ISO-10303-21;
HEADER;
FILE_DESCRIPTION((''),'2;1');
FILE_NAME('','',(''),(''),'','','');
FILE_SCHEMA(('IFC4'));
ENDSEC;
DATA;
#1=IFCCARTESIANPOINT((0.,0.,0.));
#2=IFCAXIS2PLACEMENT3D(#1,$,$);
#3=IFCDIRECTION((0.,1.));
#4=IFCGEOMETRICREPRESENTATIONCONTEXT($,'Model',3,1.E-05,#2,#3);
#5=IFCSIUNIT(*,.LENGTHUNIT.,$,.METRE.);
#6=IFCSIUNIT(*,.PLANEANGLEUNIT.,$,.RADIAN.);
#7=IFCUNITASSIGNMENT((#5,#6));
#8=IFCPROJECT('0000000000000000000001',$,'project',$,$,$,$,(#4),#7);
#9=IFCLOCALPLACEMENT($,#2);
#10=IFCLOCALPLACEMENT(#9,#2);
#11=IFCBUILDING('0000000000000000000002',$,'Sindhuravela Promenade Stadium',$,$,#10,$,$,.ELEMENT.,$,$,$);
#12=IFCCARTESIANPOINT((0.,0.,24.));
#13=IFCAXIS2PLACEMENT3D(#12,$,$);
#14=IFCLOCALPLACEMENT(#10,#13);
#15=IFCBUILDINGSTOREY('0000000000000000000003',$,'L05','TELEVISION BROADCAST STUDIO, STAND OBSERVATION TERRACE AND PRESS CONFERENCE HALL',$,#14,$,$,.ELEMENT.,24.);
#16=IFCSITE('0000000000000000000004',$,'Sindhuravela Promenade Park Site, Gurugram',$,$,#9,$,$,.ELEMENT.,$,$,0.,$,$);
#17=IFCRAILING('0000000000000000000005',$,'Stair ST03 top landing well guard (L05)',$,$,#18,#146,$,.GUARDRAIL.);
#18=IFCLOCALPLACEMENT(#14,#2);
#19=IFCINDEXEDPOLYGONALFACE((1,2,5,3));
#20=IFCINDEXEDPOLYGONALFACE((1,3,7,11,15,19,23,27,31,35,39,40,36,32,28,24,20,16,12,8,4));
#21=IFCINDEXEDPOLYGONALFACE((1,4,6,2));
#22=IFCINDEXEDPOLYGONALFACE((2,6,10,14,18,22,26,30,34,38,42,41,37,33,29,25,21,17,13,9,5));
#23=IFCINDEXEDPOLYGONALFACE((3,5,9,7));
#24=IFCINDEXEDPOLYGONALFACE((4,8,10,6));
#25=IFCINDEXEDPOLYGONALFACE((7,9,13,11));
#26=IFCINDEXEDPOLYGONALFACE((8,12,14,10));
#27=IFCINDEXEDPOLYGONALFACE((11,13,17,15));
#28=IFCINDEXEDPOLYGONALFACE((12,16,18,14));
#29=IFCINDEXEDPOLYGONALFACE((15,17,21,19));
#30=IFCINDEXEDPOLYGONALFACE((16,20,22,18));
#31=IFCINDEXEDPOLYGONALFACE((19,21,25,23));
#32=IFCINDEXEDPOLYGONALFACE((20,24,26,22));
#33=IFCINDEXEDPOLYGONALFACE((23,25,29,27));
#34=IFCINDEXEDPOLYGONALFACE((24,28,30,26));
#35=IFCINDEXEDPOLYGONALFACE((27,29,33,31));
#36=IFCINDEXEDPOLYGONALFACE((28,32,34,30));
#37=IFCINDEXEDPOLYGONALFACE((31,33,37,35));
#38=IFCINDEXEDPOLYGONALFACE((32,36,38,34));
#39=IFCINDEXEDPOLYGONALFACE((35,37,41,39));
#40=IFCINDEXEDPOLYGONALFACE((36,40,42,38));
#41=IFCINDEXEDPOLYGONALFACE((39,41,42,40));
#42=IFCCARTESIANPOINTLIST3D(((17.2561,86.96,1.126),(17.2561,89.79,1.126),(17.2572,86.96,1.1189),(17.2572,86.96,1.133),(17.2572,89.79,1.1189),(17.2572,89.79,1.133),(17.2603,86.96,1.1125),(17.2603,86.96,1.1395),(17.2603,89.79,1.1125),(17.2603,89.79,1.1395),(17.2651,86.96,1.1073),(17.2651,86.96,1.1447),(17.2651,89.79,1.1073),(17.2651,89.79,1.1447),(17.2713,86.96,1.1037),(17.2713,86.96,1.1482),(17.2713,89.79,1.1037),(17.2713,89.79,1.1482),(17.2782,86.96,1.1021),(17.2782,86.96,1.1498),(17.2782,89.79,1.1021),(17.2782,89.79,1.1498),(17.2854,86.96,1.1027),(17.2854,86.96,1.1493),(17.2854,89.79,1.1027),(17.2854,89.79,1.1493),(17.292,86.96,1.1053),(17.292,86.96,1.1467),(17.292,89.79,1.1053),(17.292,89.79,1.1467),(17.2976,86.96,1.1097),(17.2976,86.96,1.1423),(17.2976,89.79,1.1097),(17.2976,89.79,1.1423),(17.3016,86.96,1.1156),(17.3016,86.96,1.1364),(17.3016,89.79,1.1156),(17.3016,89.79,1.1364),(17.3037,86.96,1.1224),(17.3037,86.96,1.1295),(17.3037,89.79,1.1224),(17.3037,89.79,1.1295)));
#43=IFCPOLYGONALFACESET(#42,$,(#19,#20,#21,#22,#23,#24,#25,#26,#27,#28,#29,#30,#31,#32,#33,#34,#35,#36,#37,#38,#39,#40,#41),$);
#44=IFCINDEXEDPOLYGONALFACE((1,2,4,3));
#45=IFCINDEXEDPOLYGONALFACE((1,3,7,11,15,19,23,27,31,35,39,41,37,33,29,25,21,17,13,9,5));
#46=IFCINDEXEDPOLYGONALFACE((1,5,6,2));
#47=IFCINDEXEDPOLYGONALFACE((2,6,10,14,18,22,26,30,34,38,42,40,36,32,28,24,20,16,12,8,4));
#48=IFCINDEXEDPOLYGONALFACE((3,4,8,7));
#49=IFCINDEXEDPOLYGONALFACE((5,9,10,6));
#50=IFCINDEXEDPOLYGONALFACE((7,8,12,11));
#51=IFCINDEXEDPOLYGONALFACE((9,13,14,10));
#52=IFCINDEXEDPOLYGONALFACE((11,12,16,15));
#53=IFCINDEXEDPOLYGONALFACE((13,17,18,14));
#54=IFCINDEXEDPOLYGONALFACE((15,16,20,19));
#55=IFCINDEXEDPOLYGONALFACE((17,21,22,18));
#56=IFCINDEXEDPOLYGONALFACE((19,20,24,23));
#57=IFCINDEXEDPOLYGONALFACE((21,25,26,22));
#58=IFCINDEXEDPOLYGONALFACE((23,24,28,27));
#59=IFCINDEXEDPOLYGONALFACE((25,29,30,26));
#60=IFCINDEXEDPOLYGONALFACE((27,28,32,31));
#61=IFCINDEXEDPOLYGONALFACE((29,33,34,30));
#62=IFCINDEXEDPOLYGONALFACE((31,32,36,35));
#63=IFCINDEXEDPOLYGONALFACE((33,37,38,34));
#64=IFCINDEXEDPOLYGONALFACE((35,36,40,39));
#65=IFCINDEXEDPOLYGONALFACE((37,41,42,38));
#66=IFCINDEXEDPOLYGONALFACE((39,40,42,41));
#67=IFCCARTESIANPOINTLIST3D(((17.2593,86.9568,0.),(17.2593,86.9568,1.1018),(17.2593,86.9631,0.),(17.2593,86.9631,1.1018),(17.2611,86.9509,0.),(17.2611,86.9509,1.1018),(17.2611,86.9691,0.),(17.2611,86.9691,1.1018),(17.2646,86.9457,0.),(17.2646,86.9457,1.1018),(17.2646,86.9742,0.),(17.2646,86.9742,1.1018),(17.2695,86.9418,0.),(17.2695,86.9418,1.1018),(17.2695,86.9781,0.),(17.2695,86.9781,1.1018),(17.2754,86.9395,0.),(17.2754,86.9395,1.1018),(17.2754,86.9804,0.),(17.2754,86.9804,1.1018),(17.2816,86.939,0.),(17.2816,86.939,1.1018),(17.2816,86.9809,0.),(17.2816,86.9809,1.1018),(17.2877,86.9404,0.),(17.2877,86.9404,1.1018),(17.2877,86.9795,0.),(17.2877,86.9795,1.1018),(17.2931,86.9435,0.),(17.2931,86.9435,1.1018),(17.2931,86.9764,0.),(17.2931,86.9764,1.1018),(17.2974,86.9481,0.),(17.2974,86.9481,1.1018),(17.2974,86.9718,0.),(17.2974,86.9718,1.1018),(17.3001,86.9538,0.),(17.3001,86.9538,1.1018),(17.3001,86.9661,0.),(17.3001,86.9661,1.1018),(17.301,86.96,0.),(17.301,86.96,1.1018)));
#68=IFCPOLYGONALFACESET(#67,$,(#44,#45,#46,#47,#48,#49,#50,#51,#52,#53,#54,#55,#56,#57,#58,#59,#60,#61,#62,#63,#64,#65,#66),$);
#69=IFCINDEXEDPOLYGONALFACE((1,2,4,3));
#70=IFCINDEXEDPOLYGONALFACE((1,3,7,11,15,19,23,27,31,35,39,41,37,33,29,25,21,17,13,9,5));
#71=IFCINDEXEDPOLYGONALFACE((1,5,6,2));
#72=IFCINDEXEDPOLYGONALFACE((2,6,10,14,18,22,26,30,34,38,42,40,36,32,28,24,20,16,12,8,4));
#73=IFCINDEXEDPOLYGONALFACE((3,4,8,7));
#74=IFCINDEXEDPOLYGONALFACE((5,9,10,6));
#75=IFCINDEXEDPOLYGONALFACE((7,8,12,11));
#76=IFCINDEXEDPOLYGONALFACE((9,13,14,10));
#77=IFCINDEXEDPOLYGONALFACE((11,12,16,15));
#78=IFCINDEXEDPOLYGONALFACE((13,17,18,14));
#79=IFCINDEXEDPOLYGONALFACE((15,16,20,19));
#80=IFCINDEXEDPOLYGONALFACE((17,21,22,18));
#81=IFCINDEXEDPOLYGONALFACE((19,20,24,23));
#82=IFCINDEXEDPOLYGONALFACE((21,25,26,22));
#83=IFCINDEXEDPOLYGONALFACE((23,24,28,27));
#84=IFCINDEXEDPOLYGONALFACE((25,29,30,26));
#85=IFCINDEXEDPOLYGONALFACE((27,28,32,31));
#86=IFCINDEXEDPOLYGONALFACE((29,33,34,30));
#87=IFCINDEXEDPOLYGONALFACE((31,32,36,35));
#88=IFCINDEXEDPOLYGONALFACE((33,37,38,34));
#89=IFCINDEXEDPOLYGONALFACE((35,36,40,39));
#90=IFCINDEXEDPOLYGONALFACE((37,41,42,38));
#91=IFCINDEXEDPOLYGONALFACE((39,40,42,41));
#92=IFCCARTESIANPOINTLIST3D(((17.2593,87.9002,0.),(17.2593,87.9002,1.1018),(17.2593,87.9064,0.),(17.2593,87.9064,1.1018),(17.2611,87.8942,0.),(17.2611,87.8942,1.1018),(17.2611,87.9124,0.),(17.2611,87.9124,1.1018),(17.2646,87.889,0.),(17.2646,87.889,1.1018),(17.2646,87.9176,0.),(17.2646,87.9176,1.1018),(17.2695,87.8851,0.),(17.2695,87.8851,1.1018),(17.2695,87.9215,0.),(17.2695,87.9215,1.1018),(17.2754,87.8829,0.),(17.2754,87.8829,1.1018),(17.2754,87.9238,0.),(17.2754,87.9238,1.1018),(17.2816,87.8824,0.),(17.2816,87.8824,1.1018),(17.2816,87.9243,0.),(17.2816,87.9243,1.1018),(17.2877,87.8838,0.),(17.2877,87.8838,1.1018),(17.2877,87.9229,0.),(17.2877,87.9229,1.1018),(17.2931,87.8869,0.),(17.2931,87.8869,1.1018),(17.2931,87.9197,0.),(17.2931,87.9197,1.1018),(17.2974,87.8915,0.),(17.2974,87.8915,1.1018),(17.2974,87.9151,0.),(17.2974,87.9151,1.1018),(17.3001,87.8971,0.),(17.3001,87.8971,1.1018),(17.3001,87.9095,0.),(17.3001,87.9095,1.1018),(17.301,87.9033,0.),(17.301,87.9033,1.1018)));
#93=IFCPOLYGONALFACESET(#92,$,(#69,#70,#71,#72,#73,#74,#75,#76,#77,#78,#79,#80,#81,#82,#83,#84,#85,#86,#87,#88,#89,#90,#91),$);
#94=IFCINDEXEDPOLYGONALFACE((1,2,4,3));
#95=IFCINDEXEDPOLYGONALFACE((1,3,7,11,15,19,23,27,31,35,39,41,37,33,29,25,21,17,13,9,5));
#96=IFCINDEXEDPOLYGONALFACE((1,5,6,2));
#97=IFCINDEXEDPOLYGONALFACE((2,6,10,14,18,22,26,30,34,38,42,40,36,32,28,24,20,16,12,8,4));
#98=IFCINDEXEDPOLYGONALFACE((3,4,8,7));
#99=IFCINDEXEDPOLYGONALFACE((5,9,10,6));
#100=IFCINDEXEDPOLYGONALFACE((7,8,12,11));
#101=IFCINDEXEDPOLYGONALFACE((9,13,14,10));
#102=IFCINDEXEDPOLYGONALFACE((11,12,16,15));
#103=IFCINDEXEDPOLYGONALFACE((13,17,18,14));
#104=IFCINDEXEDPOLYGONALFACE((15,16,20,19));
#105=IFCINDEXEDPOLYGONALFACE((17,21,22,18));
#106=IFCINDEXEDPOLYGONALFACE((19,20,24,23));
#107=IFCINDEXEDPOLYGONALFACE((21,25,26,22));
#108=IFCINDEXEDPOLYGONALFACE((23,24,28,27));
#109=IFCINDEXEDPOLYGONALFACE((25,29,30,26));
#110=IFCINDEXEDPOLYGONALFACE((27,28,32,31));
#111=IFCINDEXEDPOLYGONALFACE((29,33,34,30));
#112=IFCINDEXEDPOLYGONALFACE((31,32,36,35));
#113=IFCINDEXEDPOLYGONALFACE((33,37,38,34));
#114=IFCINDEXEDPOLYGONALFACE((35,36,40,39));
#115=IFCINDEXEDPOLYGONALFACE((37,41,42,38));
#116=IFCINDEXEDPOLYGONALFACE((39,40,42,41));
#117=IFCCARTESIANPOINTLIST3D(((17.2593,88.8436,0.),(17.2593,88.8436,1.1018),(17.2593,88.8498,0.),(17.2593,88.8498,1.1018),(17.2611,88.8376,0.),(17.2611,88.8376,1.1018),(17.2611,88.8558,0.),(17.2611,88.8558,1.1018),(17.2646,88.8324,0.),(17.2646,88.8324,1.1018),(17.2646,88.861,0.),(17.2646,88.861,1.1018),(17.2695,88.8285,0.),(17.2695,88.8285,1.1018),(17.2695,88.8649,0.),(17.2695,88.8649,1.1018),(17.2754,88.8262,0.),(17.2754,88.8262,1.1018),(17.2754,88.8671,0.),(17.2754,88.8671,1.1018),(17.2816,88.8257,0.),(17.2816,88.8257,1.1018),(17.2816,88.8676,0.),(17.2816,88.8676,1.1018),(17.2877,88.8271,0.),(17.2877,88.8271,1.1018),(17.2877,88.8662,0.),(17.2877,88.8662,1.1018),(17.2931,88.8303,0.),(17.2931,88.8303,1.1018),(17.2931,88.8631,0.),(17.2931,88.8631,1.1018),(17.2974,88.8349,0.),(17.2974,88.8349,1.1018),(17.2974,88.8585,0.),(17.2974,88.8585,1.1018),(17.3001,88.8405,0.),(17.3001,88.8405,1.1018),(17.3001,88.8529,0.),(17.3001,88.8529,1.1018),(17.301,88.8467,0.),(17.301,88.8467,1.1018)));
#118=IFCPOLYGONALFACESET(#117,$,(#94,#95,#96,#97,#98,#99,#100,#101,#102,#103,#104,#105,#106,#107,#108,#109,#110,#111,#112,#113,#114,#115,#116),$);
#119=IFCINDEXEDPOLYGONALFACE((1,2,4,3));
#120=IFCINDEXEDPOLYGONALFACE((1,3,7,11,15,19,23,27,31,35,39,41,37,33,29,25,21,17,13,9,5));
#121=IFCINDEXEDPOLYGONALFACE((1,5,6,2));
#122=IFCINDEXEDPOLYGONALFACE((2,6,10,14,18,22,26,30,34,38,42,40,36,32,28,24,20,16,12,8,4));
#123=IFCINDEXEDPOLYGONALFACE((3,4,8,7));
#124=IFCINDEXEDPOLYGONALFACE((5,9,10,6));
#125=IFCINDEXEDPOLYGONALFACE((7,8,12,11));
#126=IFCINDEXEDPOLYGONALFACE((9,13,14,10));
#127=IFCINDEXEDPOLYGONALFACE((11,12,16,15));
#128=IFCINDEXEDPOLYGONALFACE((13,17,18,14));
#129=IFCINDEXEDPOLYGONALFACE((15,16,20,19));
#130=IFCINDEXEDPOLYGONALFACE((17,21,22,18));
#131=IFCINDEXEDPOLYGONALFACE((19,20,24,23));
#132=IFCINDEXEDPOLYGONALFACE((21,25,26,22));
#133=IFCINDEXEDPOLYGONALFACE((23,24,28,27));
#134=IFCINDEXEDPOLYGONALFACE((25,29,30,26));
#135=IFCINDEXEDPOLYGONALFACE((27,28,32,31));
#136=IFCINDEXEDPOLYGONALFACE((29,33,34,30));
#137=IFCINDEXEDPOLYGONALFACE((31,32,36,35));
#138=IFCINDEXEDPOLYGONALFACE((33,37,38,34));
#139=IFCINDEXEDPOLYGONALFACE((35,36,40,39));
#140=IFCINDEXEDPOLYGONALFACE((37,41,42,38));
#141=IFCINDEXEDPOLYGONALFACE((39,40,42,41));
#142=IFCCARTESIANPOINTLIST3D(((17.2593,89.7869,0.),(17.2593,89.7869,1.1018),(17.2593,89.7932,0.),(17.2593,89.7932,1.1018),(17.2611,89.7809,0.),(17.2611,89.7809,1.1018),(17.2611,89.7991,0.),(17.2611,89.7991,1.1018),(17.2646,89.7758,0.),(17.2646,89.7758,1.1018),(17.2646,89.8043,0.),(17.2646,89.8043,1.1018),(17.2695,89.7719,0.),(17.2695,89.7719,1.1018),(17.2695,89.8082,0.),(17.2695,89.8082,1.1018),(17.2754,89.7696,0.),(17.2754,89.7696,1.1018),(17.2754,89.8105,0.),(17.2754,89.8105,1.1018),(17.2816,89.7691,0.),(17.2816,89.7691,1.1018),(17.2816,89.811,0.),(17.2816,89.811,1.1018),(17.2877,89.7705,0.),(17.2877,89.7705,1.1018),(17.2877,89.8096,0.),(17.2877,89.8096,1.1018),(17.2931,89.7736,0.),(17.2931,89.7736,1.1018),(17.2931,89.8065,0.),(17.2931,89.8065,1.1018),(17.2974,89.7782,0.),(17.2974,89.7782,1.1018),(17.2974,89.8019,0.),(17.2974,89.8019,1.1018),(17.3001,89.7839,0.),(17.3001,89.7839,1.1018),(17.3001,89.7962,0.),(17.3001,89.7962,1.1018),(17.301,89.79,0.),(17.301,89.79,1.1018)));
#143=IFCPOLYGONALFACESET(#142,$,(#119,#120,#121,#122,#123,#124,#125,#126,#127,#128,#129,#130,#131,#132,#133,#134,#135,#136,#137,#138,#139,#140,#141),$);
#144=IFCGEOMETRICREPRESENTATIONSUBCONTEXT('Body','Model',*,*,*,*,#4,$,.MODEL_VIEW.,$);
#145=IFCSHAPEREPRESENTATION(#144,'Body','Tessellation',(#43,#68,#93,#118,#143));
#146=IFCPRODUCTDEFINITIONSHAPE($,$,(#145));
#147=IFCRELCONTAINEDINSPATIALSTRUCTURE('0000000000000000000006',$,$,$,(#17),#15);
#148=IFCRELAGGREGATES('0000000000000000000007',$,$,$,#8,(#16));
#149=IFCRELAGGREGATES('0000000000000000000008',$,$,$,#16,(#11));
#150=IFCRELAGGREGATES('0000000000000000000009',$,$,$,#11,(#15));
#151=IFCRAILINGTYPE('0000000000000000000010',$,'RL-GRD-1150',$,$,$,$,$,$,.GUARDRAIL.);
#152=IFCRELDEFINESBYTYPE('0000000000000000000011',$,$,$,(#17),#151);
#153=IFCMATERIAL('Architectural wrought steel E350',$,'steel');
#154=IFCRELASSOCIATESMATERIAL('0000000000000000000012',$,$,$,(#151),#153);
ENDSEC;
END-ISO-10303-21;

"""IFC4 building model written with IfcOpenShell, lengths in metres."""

from ifc_helpers import new_model, si_unit, direction, frame, origin, origin_2d, place, context, subcontext, project, spatial, circle, extrude, material, type_object, element, save


model = new_model("IFC4")

# Units and contexts
model_context = context("Model", 3, precision=1e-05, world=origin(), true_north=direction((0.0, 1.0)))
body_context = subcontext(model_context, "Body", "Model", "MODEL_VIEW")
ifc_project = project(units=[si_unit("LENGTHUNIT", "METRE"), si_unit("PLANEANGLEUNIT", "RADIAN")], contexts=[model_context])

# Site, building, storey
site_placement = place(None, origin())
site = spatial("IfcSite", under=ifc_project, at=site_placement, Name="Sindhuravela Promenade Park Site, Gurugram", CompositionType="ELEMENT", RefElevation=0.0)
building_placement = place(site_placement, origin())
building = spatial("IfcBuilding", under=site, at=building_placement, Name="Sindhuravela Promenade Stadium", CompositionType="ELEMENT")
storey_placement = place(building_placement, frame((0.0, 0.0, 24.0)))
storey = spatial("IfcBuildingStorey", under=building, at=storey_placement, Name="L05", Description="TELEVISION BROADCAST STUDIO, STAND OBSERVATION TERRACE AND PRESS CONFERENCE HALL", CompositionType="ELEMENT", Elevation=24.0)

# Shared definitions
ifc_material_1 = material(Name="Architectural wrought steel E350", Category="steel")

# Railing
railing_type = type_object("IfcRailingType", Name="RL-GRD-1150", PredefinedType="GUARDRAIL", material=ifc_material_1)
railing_placement = place(storey_placement, frame((17.28, 86.96, 0.0)))
element("IfcRailing", 1, at=railing_placement, inside=storey, type_object=railing_type, Name="Stair ST03 top landing well guard (L05)", PredefinedType="GUARDRAIL", context=body_context, shape_type="SweptSolid", body=[
    extrude(circle(Radius=0.0239, at=origin_2d()), frame((0.0, 0.0, 1.126), z_axis=(0.0, 1.0, 0.0), x_axis=(-1.0, 0.0, 0.0)), (0.0, 0.0, 1.0), 2.8301),
    extrude(circle(Radius=0.021, at=origin_2d()), origin(), (0.0, 0.0, 1.0), 1.1018),
    extrude(circle(Radius=0.021, at=origin_2d()), frame((0.0, 0.9434, 0.0)), (0.0, 0.0, 1.0), 1.1018),
    extrude(circle(Radius=0.021, at=origin_2d()), frame((0.0, 1.8867, 0.0)), (0.0, 0.0, 1.0), 1.1018),
    extrude(circle(Radius=0.021, at=origin_2d()), frame((0.0, 2.8301, 0.0)), (0.0, 0.0, 1.0), 1.1018),
])

save(model, "model.ifc")
